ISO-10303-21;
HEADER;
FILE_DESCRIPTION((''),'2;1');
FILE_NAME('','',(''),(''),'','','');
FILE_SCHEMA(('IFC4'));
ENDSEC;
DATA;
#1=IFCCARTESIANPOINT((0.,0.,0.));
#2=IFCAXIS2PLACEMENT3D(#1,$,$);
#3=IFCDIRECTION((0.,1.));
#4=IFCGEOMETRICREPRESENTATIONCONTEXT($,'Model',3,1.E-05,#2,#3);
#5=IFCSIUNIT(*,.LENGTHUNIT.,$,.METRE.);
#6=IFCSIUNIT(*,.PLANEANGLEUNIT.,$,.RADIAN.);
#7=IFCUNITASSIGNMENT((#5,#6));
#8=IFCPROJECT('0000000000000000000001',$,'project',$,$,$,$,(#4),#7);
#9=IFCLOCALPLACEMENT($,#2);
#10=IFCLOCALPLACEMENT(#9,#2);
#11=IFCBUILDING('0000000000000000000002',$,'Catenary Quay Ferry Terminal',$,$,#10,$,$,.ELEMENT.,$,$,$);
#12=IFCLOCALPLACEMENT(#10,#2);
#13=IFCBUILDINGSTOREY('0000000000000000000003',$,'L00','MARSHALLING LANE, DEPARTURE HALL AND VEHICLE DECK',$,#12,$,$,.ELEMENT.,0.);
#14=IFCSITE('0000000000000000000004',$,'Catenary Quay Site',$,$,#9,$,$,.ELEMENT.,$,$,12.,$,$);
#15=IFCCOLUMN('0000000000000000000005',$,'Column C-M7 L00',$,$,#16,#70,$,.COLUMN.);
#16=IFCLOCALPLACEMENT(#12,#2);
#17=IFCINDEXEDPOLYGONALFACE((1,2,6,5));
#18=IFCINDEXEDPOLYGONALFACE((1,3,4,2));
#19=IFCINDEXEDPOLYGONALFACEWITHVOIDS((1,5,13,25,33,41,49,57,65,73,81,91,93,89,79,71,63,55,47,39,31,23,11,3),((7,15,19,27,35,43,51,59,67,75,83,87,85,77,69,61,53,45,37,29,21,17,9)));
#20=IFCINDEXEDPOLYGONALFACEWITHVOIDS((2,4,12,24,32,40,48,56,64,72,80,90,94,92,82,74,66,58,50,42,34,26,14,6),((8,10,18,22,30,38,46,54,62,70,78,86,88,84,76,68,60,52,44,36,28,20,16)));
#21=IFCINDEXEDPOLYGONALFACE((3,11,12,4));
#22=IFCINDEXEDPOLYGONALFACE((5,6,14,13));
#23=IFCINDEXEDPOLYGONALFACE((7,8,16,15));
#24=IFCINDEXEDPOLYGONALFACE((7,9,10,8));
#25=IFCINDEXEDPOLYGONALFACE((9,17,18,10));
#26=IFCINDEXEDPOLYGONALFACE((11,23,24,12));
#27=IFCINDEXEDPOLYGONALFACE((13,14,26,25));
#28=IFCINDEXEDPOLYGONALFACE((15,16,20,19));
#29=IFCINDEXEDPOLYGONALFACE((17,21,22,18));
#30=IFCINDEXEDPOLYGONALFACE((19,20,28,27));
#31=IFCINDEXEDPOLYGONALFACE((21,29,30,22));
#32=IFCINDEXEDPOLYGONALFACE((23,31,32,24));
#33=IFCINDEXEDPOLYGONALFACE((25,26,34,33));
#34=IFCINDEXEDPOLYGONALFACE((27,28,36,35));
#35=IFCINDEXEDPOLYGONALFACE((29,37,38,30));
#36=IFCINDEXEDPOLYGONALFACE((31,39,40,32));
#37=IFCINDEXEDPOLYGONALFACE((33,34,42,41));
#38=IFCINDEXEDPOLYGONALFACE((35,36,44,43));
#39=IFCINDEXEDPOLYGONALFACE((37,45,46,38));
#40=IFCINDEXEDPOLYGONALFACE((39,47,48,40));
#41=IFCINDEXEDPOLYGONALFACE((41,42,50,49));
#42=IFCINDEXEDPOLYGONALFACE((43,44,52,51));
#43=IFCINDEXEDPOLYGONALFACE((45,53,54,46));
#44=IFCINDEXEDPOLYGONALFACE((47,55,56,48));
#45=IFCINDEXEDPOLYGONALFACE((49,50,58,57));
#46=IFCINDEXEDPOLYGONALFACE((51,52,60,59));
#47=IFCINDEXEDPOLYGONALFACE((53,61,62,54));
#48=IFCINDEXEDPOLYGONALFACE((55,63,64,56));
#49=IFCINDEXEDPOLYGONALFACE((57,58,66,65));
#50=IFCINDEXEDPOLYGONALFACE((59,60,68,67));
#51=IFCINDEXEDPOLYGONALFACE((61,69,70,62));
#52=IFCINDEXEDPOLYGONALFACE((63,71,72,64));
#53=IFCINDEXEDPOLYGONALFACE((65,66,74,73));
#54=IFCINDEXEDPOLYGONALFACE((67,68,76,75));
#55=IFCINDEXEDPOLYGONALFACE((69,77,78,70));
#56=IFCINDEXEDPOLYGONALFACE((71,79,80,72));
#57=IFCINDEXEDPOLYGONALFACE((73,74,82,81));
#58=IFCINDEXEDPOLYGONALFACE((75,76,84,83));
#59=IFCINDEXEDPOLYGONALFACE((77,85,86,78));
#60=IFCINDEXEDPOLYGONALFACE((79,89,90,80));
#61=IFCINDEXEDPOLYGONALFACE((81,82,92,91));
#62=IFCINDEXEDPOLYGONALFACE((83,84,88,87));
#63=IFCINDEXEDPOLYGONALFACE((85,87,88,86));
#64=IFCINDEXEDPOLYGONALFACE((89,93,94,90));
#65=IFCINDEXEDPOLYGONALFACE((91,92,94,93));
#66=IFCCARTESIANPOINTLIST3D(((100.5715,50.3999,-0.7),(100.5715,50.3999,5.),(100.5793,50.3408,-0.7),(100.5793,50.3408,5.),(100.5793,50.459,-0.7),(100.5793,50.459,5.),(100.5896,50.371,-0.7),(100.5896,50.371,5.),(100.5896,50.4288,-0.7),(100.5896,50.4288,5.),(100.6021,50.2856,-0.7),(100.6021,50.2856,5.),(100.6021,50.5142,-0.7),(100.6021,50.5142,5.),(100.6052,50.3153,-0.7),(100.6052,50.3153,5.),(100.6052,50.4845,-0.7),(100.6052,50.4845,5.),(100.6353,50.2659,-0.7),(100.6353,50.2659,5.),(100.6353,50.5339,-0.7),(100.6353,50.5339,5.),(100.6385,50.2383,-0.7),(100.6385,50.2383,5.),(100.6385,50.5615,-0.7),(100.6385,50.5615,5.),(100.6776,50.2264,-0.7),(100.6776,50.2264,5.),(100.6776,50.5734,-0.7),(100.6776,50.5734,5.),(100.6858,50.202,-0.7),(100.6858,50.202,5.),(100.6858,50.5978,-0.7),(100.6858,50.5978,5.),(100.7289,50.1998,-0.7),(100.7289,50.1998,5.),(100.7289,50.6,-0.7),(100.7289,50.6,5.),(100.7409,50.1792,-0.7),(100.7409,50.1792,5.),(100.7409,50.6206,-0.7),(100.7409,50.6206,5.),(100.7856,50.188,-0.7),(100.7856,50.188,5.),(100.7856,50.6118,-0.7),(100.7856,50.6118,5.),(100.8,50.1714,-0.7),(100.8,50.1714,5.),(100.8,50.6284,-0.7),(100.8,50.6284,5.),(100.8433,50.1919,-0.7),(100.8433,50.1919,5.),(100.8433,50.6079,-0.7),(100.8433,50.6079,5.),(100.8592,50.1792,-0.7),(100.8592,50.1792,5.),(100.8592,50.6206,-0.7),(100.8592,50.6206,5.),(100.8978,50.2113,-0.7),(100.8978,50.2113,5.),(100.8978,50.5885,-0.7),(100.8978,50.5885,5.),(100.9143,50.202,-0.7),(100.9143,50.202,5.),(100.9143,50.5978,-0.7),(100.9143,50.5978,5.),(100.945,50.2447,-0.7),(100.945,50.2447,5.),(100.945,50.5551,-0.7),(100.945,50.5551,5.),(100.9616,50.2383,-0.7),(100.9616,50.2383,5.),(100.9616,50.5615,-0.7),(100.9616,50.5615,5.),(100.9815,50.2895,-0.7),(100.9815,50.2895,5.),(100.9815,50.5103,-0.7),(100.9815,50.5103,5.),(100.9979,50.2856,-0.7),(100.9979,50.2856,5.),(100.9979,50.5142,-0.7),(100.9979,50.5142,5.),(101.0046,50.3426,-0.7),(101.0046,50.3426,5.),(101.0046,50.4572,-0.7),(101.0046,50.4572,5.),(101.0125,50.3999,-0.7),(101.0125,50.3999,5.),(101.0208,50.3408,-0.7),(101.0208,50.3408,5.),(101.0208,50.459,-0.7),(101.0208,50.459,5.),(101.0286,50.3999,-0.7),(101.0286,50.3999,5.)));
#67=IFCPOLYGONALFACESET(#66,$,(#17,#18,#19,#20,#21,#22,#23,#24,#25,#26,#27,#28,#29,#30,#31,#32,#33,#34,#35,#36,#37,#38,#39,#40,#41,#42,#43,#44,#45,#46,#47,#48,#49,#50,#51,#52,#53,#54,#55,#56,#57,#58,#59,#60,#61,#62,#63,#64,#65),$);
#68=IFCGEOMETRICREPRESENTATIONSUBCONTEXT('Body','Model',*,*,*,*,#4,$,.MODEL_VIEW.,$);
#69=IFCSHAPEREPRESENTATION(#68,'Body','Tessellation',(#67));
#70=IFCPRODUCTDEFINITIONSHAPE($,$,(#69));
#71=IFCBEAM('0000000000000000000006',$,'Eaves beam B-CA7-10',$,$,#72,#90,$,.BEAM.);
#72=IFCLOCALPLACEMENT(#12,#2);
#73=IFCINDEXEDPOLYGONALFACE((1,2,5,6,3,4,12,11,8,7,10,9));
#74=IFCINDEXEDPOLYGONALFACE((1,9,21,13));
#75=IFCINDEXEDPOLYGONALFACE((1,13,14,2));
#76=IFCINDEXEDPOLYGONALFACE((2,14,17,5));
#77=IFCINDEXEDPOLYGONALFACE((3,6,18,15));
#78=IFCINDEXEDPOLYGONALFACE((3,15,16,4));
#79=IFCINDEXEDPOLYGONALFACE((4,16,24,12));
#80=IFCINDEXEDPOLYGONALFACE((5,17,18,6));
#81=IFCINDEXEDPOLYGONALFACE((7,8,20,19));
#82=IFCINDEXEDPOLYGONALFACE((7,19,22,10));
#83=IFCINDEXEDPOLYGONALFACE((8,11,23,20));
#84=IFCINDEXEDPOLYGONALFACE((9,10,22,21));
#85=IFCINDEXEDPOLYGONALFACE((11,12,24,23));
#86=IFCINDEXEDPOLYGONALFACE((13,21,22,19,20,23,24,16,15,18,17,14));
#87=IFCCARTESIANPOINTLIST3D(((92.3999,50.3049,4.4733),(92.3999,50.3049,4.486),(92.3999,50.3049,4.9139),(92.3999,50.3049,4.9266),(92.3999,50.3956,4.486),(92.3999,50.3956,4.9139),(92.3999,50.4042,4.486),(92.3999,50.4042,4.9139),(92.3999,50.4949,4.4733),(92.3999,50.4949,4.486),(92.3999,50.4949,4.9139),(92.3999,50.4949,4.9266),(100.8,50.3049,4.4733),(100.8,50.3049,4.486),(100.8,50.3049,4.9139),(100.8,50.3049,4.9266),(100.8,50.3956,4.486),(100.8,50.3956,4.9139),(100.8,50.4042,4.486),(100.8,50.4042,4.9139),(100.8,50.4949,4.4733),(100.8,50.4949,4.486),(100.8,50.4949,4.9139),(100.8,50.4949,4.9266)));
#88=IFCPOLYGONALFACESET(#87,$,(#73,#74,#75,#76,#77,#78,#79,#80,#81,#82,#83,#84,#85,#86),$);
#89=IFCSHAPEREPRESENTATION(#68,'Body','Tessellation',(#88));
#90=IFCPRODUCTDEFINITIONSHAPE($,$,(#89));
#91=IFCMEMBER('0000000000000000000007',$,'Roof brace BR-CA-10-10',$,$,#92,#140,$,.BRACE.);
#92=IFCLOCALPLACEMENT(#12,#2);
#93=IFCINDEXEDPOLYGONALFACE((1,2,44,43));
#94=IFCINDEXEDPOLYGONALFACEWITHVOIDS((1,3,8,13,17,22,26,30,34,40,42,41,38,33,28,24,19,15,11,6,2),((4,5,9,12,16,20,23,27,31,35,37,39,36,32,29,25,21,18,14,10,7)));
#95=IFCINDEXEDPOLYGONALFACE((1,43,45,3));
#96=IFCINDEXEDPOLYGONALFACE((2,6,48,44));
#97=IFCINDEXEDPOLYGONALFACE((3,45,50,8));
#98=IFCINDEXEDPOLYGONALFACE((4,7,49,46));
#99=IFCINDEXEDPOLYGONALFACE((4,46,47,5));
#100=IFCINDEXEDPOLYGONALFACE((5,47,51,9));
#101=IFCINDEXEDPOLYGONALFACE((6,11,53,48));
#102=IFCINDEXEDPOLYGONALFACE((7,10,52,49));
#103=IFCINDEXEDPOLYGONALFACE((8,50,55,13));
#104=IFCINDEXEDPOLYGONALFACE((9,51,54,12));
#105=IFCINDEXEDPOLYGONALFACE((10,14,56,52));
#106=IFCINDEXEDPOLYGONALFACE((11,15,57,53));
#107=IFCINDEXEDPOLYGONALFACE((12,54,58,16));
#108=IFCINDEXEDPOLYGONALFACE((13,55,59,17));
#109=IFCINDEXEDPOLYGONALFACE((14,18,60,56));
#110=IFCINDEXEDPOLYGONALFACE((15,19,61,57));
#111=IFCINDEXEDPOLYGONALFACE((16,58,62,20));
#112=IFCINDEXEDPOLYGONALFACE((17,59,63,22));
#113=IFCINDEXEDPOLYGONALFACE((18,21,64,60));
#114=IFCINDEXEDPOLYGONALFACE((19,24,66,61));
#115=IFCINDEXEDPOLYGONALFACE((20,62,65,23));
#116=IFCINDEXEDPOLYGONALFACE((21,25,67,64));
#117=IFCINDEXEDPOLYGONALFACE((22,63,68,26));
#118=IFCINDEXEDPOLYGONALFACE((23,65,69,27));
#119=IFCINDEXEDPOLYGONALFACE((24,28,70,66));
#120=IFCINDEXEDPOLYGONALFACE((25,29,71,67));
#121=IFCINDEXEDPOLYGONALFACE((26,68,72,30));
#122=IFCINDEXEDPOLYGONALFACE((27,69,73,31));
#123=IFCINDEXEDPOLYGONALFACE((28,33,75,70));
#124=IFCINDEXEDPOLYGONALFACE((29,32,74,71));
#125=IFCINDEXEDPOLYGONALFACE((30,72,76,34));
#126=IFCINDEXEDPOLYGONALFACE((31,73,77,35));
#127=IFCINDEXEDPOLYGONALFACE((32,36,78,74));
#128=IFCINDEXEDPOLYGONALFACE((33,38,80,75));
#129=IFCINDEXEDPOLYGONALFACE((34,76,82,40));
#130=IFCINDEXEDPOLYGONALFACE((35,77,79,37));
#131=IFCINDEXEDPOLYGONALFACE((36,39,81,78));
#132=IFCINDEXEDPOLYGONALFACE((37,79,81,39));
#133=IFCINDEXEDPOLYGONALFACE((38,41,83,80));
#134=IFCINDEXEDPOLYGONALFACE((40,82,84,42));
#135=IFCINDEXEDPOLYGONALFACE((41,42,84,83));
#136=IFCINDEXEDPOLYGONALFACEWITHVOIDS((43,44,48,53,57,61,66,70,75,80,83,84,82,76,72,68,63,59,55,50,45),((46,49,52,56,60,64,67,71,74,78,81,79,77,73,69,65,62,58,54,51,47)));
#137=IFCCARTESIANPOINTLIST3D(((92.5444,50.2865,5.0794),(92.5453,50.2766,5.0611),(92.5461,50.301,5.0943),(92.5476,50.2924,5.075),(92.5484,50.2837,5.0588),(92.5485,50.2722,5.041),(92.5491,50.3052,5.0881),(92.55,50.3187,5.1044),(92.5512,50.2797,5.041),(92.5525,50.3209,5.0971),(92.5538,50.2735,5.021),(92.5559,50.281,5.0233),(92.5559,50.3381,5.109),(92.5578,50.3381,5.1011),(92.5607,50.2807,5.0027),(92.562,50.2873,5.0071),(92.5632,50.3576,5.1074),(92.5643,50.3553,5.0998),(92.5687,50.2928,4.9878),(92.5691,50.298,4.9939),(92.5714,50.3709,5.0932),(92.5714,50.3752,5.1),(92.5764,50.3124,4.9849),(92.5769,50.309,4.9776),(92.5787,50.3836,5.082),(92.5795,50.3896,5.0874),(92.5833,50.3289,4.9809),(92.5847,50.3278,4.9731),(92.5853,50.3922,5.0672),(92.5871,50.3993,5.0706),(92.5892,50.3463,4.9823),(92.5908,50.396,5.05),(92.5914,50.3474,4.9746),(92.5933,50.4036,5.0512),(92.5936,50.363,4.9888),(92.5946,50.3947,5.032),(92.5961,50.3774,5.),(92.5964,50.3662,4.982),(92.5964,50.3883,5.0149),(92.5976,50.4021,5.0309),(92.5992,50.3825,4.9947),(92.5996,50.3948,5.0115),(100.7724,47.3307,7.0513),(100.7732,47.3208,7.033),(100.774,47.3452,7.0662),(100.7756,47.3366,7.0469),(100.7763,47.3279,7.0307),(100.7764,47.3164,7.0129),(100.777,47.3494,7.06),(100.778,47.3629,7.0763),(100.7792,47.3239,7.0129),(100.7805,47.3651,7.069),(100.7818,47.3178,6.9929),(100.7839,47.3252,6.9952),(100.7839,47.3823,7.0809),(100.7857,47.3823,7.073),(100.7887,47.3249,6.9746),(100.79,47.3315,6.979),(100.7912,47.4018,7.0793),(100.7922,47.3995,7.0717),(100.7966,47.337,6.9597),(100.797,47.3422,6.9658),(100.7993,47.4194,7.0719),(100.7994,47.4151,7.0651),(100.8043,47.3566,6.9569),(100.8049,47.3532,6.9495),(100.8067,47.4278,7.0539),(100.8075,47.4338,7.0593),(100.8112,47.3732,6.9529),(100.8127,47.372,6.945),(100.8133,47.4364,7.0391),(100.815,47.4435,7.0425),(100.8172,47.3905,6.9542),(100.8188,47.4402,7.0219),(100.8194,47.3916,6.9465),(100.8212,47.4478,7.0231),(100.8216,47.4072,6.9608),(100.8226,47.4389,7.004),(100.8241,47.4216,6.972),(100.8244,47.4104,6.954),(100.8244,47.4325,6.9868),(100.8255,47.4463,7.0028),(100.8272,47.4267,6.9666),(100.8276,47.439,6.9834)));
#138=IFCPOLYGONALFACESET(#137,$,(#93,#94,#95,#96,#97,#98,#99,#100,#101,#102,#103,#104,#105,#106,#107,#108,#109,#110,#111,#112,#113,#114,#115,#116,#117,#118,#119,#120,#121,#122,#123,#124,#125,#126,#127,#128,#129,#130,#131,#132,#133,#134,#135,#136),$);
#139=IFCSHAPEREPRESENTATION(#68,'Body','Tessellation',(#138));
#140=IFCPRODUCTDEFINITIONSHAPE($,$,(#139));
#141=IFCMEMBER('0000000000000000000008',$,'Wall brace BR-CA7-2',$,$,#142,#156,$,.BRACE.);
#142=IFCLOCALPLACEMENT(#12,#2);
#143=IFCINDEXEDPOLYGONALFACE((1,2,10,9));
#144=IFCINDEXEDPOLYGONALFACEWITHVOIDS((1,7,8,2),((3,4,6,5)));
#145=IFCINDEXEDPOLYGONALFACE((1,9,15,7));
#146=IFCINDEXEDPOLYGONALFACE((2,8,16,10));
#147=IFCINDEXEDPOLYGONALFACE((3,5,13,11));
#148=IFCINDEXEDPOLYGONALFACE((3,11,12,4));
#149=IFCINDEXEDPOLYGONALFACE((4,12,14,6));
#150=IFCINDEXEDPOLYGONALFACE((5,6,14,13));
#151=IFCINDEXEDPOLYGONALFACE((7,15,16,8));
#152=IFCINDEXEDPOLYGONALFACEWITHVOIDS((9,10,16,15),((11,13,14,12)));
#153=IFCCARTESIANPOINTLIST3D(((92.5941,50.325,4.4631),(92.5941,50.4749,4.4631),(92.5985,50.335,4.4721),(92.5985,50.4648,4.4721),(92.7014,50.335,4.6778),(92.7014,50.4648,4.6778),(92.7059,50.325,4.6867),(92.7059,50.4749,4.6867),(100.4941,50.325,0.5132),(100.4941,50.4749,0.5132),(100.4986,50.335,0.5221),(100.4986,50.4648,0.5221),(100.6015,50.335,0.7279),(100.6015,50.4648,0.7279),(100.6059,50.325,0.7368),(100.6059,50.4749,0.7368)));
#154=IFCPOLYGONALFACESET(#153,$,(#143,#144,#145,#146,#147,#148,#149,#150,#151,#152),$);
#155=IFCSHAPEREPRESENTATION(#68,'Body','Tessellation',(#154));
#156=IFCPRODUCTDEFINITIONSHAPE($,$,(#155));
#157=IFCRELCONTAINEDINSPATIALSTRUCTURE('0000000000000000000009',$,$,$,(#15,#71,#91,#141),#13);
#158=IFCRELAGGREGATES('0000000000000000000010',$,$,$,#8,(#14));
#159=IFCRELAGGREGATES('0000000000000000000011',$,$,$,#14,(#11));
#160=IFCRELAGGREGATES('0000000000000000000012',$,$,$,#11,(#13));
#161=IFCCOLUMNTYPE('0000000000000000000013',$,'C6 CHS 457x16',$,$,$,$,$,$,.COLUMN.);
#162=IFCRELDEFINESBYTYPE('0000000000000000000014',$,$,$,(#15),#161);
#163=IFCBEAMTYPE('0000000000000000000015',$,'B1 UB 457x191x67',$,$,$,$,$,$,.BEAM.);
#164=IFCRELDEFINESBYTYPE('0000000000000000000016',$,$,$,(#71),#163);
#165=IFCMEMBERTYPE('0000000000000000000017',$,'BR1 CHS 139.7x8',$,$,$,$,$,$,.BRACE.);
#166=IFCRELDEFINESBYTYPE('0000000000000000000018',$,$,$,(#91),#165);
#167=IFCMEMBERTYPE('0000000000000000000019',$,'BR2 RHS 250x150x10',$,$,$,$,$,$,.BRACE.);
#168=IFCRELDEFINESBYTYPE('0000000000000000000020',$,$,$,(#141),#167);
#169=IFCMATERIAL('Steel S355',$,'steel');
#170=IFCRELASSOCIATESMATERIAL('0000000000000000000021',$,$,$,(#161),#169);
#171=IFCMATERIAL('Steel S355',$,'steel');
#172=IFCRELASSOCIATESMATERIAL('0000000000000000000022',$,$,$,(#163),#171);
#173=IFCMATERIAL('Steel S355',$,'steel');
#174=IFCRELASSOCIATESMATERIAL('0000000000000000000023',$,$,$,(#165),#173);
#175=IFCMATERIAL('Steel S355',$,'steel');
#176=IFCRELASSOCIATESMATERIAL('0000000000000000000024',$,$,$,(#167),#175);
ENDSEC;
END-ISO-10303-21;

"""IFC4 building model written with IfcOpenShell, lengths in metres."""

from ifc_helpers import new_model, si_unit, direction, frame, origin, origin_2d, place, context, subcontext, project, spatial, hollow_rectangle, hollow_circle, i_section, extrude, material, material_profile, profile_set, type_object, element, save


model = new_model("IFC4")

# Units and contexts
model_context = context("Model", 3, precision=1e-05, world=origin(), true_north=direction((0.0, 1.0)))
body_context = subcontext(model_context, "Body", "Model", "MODEL_VIEW")
ifc_project = project(units=[si_unit("LENGTHUNIT", "METRE"), si_unit("PLANEANGLEUNIT", "RADIAN")], contexts=[model_context])

# Site, building, storey
site_placement = place(None, origin())
site = spatial("IfcSite", under=ifc_project, at=site_placement, Name="Catenary Quay Site", CompositionType="ELEMENT", RefElevation=12.0)
building_placement = place(site_placement, origin())
building = spatial("IfcBuilding", under=site, at=building_placement, Name="Catenary Quay Ferry Terminal", CompositionType="ELEMENT")
storey_placement = place(building_placement, origin())
storey = spatial("IfcBuildingStorey", under=building, at=storey_placement, Name="L00", Description="MARSHALLING LANE, DEPARTURE HALL AND VEHICLE DECK", CompositionType="ELEMENT", Elevation=0.0)

# Column
ifc_material_1 = material(Name="Steel S355", Category="steel")
ifc_material_profile_1 = material_profile(ifc_material_1, hollow_circle(Radius=0.2285, WallThickness=0.0161, at=origin_2d()), Name="CHS 457x16")
ifc_profile_set_1 = profile_set([ifc_material_profile_1], Name="Steel S355")
column_type = type_object("IfcColumnType", Name="C6 CHS 457x16", PredefinedType="COLUMN", material=ifc_profile_set_1)
column_placement = place(storey_placement, frame((100.8, 50.3999, -0.7), z_axis=(0.0, 0.0, 1.0), x_axis=(1.0, 0.0, 0.0)))
element("IfcColumn", 1, at=column_placement, inside=storey, type_object=column_type, Name="Column C-M7 L00", PredefinedType="COLUMN", context=body_context, shape_type="SweptSolid", body=[
    extrude(hollow_circle(Radius=0.2285, WallThickness=0.0161, at=origin_2d()), origin(), (0.0, 0.0, 1.0), 5.7),
])

# Beam
ifc_material_2 = material(Name="Steel S355", Category="steel")
ifc_material_profile_2 = material_profile(ifc_material_2, i_section(OverallWidth=0.1899, OverallDepth=0.4534, WebThickness=0.0085, FlangeThickness=0.0127, at=origin_2d()), Name="UB 457x191x67")
ifc_profile_set_2 = profile_set([ifc_material_profile_2], Name="Steel S355")
beam_type = type_object("IfcBeamType", Name="B1 UB 457x191x67", PredefinedType="BEAM", material=ifc_profile_set_2)
beam_placement = place(storey_placement, frame((92.3999, 50.3999, 4.7), z_axis=(1.0, 0.0, 0.0), x_axis=(0.0, 1.0, 0.0)))
element("IfcBeam", 2, at=beam_placement, inside=storey, type_object=beam_type, Name="Eaves beam B-CA7-10", PredefinedType="BEAM", context=body_context, shape_type="SweptSolid", body=[
    extrude(i_section(OverallWidth=0.1899, OverallDepth=0.4534, WebThickness=0.0085, FlangeThickness=0.0127, at=origin_2d()), origin(), (0.0, 0.0, 1.0), 8.4001),
])

# Members
ifc_material_3 = material(Name="Steel S355", Category="steel")
ifc_material_profile_3 = material_profile(ifc_material_3, hollow_circle(Radius=0.0698, WallThickness=0.0081, at=origin_2d()), Name="CHS 139.7x8")
ifc_profile_set_3 = profile_set([ifc_material_profile_3], Name="Steel S355")
member_type_1 = type_object("IfcMemberType", Name="BR1 CHS 139.7x8", PredefinedType="BRACE", material=ifc_profile_set_3)
member_1_placement = place(storey_placement, frame((100.8, 47.3821, 7.0129), z_axis=(-0.918054, 0.329799, -0.22002), x_axis=(-0.338084, -0.941116, 0.0)))
element("IfcMember", 3, at=member_1_placement, inside=storey, type_object=member_type_1, Name="Roof brace BR-CA-10-10", PredefinedType="BRACE", context=body_context, shape_type="SweptSolid", body=[
    extrude(hollow_circle(Radius=0.0698, WallThickness=0.0081, at=origin_2d()), origin(), (0.0, 0.0, 1.0), 8.9624),
])
ifc_material_4 = material(Name="Steel S355", Category="steel")
ifc_material_profile_4 = material_profile(ifc_material_4, hollow_rectangle(XDim=0.1499, YDim=0.25, WallThickness=0.01, at=origin_2d()), Name="RHS 250x150x10")
ifc_profile_set_4 = profile_set([ifc_material_profile_4], Name="Steel S355")
member_type_2 = type_object("IfcMemberType", Name="BR2 RHS 250x150x10", PredefinedType="BRACE", material=ifc_profile_set_4)
member_2_placement = place(storey_placement, frame((100.55, 50.3999, 0.625), z_axis=(-0.894433, 0.0, 0.447203), x_axis=(0.0, -1.0, 0.0)))
element("IfcMember", 4, at=member_2_placement, inside=storey, type_object=member_type_2, Name="Wall brace BR-CA7-2", PredefinedType="BRACE", context=body_context, shape_type="SweptSolid", body=[
    extrude(hollow_rectangle(XDim=0.1499, YDim=0.25, WallThickness=0.01, at=origin_2d()), origin(), (0.0, 0.0, 1.0), 8.8325),
])

save(model, "model.ifc")
